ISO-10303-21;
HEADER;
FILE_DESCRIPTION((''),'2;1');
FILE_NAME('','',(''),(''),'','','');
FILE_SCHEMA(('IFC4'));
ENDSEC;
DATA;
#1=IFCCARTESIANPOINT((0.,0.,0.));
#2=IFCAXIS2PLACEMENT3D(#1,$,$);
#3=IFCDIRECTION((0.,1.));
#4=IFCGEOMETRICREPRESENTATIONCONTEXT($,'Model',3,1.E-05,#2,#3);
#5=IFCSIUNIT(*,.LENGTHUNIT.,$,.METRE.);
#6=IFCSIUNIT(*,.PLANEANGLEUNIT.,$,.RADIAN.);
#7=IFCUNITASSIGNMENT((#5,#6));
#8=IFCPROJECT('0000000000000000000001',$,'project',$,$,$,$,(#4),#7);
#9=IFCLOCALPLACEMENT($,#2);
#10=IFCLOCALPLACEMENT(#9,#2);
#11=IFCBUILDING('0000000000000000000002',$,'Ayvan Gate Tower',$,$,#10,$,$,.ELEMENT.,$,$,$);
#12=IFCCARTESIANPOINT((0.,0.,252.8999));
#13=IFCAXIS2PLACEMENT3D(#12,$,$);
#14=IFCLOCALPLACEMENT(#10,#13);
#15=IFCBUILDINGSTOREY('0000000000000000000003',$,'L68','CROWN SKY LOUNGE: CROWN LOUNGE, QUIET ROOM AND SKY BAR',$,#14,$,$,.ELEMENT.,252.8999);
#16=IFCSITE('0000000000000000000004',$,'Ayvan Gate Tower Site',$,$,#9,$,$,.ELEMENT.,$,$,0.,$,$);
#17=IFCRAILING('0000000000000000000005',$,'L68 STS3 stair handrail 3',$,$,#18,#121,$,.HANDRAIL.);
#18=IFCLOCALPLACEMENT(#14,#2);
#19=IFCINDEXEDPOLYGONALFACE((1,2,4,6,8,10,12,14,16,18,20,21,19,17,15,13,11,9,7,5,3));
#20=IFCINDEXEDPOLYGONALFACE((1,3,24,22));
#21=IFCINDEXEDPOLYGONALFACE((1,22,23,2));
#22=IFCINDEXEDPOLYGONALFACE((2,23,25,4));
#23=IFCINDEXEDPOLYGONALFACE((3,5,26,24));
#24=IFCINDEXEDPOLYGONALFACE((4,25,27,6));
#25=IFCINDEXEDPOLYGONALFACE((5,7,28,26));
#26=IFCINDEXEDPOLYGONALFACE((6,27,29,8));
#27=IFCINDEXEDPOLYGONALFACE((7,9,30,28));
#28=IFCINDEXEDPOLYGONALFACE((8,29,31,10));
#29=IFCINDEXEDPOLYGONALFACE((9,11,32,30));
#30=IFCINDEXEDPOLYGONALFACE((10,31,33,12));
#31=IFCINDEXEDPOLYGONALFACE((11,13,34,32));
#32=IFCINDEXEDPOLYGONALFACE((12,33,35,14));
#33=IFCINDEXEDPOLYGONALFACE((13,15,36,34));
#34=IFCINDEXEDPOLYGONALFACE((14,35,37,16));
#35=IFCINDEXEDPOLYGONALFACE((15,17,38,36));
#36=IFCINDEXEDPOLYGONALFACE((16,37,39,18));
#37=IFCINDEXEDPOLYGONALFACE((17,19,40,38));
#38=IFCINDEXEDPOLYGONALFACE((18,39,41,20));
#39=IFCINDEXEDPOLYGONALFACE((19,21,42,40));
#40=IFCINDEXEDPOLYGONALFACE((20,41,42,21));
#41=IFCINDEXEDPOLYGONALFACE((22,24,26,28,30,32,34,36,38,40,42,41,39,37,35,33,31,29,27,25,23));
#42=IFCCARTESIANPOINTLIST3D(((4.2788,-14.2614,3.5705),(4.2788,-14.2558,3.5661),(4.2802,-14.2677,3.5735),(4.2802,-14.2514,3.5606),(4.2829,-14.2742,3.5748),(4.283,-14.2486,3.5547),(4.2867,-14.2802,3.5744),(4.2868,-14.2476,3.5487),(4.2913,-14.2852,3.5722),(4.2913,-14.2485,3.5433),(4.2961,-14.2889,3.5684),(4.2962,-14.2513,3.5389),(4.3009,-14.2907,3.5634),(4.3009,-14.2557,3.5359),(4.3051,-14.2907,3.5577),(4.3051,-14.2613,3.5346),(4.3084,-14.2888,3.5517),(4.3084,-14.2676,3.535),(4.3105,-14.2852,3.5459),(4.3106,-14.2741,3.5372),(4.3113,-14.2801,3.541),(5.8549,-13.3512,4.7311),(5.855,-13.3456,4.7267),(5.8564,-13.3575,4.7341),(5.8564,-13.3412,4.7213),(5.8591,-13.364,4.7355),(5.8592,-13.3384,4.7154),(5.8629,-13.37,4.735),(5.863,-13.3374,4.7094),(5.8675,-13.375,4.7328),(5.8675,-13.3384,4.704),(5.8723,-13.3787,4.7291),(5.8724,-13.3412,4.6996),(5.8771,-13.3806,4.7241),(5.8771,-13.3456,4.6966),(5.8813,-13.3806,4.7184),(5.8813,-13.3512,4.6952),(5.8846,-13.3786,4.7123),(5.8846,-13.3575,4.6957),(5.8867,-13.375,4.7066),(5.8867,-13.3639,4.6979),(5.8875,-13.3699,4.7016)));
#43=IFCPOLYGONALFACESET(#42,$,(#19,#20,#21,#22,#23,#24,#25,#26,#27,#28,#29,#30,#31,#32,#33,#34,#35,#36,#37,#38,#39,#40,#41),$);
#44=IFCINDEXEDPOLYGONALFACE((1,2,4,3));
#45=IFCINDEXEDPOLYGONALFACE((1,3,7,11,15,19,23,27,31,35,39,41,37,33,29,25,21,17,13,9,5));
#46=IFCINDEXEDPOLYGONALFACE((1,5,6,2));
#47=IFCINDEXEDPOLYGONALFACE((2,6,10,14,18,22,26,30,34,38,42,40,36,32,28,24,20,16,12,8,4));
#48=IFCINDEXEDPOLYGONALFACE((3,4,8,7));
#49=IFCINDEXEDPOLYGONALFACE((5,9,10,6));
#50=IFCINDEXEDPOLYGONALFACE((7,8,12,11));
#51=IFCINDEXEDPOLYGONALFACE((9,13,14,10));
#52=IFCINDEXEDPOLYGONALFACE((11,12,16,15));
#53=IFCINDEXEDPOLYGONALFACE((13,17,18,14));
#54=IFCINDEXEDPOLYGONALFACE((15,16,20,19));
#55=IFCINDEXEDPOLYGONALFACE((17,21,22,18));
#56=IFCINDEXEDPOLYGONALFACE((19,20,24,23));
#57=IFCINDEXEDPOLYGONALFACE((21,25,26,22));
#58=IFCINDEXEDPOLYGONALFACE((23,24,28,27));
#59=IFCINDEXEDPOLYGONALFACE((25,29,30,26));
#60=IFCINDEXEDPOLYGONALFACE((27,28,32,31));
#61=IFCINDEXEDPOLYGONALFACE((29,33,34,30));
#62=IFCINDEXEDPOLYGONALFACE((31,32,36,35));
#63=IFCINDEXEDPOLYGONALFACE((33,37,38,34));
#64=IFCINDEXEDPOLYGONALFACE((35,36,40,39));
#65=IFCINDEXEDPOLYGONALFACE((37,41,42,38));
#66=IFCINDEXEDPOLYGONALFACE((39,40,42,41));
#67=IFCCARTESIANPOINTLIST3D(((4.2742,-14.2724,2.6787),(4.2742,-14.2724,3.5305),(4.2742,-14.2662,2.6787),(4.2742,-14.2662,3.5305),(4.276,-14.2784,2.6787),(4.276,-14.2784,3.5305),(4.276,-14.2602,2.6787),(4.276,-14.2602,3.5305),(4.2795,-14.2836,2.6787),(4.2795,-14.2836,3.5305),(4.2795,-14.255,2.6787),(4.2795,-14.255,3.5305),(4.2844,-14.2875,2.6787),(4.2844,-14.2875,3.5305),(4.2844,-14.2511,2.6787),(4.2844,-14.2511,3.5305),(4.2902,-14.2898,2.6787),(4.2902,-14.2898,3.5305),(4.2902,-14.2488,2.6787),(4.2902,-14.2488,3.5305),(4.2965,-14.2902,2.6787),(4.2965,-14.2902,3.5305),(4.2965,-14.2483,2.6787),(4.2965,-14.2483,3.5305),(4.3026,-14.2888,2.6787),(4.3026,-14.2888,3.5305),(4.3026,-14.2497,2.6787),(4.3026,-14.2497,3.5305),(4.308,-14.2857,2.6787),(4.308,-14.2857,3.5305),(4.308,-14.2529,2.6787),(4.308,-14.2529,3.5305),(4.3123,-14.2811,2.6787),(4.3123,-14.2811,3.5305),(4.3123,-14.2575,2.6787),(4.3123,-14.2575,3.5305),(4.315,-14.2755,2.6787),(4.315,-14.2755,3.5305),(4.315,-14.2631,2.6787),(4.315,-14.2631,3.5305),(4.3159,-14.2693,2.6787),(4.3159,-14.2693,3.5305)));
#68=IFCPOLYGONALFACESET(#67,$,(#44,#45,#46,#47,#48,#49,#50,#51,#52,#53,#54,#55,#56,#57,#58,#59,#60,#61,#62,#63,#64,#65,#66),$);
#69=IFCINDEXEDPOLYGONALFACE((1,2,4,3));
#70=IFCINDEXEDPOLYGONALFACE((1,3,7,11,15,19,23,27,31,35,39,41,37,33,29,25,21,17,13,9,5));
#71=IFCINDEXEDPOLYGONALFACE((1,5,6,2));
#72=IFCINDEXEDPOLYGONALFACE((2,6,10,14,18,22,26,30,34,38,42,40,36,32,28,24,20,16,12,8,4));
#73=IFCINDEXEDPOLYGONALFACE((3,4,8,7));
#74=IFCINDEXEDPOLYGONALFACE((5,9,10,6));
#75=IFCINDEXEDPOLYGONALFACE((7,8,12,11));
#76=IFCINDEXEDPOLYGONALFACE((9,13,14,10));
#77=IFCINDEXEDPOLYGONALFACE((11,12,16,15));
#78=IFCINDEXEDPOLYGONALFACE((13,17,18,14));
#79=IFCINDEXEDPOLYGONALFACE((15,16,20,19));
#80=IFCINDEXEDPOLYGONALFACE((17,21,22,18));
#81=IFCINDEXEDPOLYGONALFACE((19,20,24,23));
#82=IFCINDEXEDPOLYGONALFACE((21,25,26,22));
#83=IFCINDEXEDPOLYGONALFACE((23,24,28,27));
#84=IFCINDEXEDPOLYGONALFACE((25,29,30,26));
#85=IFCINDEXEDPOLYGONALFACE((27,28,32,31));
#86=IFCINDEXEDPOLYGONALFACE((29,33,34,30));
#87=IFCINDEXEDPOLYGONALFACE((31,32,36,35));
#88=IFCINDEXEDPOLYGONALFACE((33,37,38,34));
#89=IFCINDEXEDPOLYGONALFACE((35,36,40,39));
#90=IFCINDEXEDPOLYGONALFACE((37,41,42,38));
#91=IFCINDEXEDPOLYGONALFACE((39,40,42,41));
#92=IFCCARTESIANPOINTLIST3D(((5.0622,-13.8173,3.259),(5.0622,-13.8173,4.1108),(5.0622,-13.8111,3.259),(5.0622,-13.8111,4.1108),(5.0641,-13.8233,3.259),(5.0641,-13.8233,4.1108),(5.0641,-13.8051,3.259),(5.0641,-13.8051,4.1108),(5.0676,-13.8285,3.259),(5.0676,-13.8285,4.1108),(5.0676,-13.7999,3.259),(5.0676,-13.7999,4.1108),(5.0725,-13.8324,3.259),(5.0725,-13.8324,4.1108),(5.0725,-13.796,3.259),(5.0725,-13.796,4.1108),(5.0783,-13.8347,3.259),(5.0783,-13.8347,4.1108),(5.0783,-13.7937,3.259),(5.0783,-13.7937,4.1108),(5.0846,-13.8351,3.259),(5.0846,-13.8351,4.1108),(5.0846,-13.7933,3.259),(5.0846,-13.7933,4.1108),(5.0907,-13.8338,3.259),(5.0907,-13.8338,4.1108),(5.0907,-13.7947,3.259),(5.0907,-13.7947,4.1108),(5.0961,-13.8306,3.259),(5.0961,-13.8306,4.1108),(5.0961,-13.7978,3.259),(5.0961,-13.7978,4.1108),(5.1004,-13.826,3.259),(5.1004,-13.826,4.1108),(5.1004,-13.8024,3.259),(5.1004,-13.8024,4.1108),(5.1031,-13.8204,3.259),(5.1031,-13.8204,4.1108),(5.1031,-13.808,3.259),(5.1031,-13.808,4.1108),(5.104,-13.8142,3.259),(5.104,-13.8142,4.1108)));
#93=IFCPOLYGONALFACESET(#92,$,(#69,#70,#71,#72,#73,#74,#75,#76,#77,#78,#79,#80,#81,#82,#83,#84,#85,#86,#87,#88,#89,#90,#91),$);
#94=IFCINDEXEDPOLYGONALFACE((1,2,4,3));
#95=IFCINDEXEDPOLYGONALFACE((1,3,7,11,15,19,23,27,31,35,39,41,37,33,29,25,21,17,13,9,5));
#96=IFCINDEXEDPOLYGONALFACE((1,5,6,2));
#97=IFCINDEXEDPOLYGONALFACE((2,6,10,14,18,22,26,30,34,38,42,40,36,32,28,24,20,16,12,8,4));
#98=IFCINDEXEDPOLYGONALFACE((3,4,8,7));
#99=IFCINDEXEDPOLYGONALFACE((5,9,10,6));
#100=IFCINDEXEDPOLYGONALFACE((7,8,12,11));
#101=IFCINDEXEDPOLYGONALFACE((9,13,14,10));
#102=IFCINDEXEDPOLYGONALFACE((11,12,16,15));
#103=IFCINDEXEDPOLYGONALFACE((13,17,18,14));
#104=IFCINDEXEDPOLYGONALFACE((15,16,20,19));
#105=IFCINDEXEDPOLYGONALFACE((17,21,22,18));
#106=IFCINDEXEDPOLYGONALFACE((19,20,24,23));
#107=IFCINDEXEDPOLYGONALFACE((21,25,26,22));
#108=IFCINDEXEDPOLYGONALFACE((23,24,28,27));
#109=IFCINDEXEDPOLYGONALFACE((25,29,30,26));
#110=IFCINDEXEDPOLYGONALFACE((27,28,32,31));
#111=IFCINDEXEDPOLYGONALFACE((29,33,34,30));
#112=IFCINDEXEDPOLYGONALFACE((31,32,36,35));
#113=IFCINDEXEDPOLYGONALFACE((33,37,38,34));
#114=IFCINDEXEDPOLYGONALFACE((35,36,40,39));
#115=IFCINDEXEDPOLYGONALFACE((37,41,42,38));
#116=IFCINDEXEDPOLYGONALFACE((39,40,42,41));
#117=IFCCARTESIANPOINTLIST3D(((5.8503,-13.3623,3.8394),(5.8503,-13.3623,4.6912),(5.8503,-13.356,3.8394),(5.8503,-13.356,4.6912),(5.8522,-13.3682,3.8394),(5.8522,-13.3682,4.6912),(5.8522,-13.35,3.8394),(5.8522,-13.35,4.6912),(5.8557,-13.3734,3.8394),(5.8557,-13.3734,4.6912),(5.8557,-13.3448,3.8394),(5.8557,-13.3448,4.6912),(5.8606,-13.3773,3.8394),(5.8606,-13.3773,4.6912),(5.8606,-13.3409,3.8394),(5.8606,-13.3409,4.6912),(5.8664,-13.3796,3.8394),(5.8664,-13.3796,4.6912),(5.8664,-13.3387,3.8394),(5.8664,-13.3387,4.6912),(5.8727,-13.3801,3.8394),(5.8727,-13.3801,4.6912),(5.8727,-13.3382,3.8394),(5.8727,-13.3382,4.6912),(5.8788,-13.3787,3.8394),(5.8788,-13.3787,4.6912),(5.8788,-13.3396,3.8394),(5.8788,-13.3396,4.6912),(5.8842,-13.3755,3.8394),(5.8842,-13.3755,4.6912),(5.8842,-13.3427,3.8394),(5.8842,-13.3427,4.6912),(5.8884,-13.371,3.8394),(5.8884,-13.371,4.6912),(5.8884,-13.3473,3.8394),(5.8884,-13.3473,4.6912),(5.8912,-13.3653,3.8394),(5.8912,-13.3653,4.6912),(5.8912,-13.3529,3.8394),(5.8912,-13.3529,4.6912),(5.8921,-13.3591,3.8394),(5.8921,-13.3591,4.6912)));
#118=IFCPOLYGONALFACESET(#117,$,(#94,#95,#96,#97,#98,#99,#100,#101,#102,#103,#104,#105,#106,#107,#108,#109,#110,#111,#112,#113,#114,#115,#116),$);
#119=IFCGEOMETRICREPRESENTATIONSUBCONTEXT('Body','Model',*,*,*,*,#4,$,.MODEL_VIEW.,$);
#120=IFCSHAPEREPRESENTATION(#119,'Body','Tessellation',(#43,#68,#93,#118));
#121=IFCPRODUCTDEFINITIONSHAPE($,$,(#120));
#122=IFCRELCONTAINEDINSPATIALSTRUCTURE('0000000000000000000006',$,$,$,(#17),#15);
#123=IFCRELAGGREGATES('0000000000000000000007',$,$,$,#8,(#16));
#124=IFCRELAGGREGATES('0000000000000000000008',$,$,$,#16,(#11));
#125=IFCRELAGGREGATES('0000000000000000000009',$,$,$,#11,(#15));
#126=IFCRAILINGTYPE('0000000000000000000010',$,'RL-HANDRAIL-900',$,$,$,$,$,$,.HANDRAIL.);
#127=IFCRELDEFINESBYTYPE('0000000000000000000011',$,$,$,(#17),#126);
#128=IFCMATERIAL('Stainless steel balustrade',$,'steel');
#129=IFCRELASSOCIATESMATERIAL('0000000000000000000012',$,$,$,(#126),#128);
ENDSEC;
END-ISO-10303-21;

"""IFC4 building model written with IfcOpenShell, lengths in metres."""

from ifc_helpers import new_model, si_unit, direction, frame, origin, origin_2d, place, context, subcontext, project, spatial, circle, extrude, material, type_object, element, save


model = new_model("IFC4")

# Units and contexts
model_context = context("Model", 3, precision=1e-05, world=origin(), true_north=direction((0.0, 1.0)))
body_context = subcontext(model_context, "Body", "Model", "MODEL_VIEW")
ifc_project = project(units=[si_unit("LENGTHUNIT", "METRE"), si_unit("PLANEANGLEUNIT", "RADIAN")], contexts=[model_context])

# Site, building, storey
site_placement = place(None, origin())
site = spatial("IfcSite", under=ifc_project, at=site_placement, Name="Ayvan Gate Tower Site", CompositionType="ELEMENT", RefElevation=0.0)
building_placement = place(site_placement, origin())
building = spatial("IfcBuilding", under=site, at=building_placement, Name="Ayvan Gate Tower", CompositionType="ELEMENT")
storey_placement = place(building_placement, frame((0.0, 0.0, 252.8999)))
storey = spatial("IfcBuildingStorey", under=building, at=storey_placement, Name="L68", Description="CROWN SKY LOUNGE: CROWN LOUNGE, QUIET ROOM AND SKY BAR", CompositionType="ELEMENT", Elevation=252.8999)

# Railing
ifc_material_1 = material(Name="Stainless steel balustrade", Category="steel")
railing_type_1 = type_object("IfcRailingType", Name="RL-HANDRAIL-900", PredefinedType="HANDRAIL", material=ifc_material_1)
railing_1_placement = place(storey_placement, frame((4.2949, -14.2693, 2.6787)))
element("IfcRailing", 1, at=railing_1_placement, inside=storey, type_object=railing_type_1, Name="L68 STS3 stair handrail 3", PredefinedType="HANDRAIL", context=body_context, shape_type="SweptSolid", body=[
    extrude(circle(Radius=0.0239, at=origin_2d()), frame((0.0, 0.0, 0.876), z_axis=(0.730163, 0.421631, 0.53767), x_axis=(-0.500063, 0.865989, 0.0)), (0.0, 0.0, 1.0), 2.1587),
    extrude(circle(Radius=0.021, at=origin_2d()), origin(), (0.0, 0.0, 1.0), 0.8518),
    extrude(circle(Radius=0.021, at=origin_2d()), frame((0.7881, 0.4551, 0.5803)), (0.0, 0.0, 1.0), 0.8518),
    extrude(circle(Radius=0.021, at=origin_2d()), frame((1.5762, 0.9102, 1.1606)), (0.0, 0.0, 1.0), 0.8518),
])

save(model, "model.ifc")
